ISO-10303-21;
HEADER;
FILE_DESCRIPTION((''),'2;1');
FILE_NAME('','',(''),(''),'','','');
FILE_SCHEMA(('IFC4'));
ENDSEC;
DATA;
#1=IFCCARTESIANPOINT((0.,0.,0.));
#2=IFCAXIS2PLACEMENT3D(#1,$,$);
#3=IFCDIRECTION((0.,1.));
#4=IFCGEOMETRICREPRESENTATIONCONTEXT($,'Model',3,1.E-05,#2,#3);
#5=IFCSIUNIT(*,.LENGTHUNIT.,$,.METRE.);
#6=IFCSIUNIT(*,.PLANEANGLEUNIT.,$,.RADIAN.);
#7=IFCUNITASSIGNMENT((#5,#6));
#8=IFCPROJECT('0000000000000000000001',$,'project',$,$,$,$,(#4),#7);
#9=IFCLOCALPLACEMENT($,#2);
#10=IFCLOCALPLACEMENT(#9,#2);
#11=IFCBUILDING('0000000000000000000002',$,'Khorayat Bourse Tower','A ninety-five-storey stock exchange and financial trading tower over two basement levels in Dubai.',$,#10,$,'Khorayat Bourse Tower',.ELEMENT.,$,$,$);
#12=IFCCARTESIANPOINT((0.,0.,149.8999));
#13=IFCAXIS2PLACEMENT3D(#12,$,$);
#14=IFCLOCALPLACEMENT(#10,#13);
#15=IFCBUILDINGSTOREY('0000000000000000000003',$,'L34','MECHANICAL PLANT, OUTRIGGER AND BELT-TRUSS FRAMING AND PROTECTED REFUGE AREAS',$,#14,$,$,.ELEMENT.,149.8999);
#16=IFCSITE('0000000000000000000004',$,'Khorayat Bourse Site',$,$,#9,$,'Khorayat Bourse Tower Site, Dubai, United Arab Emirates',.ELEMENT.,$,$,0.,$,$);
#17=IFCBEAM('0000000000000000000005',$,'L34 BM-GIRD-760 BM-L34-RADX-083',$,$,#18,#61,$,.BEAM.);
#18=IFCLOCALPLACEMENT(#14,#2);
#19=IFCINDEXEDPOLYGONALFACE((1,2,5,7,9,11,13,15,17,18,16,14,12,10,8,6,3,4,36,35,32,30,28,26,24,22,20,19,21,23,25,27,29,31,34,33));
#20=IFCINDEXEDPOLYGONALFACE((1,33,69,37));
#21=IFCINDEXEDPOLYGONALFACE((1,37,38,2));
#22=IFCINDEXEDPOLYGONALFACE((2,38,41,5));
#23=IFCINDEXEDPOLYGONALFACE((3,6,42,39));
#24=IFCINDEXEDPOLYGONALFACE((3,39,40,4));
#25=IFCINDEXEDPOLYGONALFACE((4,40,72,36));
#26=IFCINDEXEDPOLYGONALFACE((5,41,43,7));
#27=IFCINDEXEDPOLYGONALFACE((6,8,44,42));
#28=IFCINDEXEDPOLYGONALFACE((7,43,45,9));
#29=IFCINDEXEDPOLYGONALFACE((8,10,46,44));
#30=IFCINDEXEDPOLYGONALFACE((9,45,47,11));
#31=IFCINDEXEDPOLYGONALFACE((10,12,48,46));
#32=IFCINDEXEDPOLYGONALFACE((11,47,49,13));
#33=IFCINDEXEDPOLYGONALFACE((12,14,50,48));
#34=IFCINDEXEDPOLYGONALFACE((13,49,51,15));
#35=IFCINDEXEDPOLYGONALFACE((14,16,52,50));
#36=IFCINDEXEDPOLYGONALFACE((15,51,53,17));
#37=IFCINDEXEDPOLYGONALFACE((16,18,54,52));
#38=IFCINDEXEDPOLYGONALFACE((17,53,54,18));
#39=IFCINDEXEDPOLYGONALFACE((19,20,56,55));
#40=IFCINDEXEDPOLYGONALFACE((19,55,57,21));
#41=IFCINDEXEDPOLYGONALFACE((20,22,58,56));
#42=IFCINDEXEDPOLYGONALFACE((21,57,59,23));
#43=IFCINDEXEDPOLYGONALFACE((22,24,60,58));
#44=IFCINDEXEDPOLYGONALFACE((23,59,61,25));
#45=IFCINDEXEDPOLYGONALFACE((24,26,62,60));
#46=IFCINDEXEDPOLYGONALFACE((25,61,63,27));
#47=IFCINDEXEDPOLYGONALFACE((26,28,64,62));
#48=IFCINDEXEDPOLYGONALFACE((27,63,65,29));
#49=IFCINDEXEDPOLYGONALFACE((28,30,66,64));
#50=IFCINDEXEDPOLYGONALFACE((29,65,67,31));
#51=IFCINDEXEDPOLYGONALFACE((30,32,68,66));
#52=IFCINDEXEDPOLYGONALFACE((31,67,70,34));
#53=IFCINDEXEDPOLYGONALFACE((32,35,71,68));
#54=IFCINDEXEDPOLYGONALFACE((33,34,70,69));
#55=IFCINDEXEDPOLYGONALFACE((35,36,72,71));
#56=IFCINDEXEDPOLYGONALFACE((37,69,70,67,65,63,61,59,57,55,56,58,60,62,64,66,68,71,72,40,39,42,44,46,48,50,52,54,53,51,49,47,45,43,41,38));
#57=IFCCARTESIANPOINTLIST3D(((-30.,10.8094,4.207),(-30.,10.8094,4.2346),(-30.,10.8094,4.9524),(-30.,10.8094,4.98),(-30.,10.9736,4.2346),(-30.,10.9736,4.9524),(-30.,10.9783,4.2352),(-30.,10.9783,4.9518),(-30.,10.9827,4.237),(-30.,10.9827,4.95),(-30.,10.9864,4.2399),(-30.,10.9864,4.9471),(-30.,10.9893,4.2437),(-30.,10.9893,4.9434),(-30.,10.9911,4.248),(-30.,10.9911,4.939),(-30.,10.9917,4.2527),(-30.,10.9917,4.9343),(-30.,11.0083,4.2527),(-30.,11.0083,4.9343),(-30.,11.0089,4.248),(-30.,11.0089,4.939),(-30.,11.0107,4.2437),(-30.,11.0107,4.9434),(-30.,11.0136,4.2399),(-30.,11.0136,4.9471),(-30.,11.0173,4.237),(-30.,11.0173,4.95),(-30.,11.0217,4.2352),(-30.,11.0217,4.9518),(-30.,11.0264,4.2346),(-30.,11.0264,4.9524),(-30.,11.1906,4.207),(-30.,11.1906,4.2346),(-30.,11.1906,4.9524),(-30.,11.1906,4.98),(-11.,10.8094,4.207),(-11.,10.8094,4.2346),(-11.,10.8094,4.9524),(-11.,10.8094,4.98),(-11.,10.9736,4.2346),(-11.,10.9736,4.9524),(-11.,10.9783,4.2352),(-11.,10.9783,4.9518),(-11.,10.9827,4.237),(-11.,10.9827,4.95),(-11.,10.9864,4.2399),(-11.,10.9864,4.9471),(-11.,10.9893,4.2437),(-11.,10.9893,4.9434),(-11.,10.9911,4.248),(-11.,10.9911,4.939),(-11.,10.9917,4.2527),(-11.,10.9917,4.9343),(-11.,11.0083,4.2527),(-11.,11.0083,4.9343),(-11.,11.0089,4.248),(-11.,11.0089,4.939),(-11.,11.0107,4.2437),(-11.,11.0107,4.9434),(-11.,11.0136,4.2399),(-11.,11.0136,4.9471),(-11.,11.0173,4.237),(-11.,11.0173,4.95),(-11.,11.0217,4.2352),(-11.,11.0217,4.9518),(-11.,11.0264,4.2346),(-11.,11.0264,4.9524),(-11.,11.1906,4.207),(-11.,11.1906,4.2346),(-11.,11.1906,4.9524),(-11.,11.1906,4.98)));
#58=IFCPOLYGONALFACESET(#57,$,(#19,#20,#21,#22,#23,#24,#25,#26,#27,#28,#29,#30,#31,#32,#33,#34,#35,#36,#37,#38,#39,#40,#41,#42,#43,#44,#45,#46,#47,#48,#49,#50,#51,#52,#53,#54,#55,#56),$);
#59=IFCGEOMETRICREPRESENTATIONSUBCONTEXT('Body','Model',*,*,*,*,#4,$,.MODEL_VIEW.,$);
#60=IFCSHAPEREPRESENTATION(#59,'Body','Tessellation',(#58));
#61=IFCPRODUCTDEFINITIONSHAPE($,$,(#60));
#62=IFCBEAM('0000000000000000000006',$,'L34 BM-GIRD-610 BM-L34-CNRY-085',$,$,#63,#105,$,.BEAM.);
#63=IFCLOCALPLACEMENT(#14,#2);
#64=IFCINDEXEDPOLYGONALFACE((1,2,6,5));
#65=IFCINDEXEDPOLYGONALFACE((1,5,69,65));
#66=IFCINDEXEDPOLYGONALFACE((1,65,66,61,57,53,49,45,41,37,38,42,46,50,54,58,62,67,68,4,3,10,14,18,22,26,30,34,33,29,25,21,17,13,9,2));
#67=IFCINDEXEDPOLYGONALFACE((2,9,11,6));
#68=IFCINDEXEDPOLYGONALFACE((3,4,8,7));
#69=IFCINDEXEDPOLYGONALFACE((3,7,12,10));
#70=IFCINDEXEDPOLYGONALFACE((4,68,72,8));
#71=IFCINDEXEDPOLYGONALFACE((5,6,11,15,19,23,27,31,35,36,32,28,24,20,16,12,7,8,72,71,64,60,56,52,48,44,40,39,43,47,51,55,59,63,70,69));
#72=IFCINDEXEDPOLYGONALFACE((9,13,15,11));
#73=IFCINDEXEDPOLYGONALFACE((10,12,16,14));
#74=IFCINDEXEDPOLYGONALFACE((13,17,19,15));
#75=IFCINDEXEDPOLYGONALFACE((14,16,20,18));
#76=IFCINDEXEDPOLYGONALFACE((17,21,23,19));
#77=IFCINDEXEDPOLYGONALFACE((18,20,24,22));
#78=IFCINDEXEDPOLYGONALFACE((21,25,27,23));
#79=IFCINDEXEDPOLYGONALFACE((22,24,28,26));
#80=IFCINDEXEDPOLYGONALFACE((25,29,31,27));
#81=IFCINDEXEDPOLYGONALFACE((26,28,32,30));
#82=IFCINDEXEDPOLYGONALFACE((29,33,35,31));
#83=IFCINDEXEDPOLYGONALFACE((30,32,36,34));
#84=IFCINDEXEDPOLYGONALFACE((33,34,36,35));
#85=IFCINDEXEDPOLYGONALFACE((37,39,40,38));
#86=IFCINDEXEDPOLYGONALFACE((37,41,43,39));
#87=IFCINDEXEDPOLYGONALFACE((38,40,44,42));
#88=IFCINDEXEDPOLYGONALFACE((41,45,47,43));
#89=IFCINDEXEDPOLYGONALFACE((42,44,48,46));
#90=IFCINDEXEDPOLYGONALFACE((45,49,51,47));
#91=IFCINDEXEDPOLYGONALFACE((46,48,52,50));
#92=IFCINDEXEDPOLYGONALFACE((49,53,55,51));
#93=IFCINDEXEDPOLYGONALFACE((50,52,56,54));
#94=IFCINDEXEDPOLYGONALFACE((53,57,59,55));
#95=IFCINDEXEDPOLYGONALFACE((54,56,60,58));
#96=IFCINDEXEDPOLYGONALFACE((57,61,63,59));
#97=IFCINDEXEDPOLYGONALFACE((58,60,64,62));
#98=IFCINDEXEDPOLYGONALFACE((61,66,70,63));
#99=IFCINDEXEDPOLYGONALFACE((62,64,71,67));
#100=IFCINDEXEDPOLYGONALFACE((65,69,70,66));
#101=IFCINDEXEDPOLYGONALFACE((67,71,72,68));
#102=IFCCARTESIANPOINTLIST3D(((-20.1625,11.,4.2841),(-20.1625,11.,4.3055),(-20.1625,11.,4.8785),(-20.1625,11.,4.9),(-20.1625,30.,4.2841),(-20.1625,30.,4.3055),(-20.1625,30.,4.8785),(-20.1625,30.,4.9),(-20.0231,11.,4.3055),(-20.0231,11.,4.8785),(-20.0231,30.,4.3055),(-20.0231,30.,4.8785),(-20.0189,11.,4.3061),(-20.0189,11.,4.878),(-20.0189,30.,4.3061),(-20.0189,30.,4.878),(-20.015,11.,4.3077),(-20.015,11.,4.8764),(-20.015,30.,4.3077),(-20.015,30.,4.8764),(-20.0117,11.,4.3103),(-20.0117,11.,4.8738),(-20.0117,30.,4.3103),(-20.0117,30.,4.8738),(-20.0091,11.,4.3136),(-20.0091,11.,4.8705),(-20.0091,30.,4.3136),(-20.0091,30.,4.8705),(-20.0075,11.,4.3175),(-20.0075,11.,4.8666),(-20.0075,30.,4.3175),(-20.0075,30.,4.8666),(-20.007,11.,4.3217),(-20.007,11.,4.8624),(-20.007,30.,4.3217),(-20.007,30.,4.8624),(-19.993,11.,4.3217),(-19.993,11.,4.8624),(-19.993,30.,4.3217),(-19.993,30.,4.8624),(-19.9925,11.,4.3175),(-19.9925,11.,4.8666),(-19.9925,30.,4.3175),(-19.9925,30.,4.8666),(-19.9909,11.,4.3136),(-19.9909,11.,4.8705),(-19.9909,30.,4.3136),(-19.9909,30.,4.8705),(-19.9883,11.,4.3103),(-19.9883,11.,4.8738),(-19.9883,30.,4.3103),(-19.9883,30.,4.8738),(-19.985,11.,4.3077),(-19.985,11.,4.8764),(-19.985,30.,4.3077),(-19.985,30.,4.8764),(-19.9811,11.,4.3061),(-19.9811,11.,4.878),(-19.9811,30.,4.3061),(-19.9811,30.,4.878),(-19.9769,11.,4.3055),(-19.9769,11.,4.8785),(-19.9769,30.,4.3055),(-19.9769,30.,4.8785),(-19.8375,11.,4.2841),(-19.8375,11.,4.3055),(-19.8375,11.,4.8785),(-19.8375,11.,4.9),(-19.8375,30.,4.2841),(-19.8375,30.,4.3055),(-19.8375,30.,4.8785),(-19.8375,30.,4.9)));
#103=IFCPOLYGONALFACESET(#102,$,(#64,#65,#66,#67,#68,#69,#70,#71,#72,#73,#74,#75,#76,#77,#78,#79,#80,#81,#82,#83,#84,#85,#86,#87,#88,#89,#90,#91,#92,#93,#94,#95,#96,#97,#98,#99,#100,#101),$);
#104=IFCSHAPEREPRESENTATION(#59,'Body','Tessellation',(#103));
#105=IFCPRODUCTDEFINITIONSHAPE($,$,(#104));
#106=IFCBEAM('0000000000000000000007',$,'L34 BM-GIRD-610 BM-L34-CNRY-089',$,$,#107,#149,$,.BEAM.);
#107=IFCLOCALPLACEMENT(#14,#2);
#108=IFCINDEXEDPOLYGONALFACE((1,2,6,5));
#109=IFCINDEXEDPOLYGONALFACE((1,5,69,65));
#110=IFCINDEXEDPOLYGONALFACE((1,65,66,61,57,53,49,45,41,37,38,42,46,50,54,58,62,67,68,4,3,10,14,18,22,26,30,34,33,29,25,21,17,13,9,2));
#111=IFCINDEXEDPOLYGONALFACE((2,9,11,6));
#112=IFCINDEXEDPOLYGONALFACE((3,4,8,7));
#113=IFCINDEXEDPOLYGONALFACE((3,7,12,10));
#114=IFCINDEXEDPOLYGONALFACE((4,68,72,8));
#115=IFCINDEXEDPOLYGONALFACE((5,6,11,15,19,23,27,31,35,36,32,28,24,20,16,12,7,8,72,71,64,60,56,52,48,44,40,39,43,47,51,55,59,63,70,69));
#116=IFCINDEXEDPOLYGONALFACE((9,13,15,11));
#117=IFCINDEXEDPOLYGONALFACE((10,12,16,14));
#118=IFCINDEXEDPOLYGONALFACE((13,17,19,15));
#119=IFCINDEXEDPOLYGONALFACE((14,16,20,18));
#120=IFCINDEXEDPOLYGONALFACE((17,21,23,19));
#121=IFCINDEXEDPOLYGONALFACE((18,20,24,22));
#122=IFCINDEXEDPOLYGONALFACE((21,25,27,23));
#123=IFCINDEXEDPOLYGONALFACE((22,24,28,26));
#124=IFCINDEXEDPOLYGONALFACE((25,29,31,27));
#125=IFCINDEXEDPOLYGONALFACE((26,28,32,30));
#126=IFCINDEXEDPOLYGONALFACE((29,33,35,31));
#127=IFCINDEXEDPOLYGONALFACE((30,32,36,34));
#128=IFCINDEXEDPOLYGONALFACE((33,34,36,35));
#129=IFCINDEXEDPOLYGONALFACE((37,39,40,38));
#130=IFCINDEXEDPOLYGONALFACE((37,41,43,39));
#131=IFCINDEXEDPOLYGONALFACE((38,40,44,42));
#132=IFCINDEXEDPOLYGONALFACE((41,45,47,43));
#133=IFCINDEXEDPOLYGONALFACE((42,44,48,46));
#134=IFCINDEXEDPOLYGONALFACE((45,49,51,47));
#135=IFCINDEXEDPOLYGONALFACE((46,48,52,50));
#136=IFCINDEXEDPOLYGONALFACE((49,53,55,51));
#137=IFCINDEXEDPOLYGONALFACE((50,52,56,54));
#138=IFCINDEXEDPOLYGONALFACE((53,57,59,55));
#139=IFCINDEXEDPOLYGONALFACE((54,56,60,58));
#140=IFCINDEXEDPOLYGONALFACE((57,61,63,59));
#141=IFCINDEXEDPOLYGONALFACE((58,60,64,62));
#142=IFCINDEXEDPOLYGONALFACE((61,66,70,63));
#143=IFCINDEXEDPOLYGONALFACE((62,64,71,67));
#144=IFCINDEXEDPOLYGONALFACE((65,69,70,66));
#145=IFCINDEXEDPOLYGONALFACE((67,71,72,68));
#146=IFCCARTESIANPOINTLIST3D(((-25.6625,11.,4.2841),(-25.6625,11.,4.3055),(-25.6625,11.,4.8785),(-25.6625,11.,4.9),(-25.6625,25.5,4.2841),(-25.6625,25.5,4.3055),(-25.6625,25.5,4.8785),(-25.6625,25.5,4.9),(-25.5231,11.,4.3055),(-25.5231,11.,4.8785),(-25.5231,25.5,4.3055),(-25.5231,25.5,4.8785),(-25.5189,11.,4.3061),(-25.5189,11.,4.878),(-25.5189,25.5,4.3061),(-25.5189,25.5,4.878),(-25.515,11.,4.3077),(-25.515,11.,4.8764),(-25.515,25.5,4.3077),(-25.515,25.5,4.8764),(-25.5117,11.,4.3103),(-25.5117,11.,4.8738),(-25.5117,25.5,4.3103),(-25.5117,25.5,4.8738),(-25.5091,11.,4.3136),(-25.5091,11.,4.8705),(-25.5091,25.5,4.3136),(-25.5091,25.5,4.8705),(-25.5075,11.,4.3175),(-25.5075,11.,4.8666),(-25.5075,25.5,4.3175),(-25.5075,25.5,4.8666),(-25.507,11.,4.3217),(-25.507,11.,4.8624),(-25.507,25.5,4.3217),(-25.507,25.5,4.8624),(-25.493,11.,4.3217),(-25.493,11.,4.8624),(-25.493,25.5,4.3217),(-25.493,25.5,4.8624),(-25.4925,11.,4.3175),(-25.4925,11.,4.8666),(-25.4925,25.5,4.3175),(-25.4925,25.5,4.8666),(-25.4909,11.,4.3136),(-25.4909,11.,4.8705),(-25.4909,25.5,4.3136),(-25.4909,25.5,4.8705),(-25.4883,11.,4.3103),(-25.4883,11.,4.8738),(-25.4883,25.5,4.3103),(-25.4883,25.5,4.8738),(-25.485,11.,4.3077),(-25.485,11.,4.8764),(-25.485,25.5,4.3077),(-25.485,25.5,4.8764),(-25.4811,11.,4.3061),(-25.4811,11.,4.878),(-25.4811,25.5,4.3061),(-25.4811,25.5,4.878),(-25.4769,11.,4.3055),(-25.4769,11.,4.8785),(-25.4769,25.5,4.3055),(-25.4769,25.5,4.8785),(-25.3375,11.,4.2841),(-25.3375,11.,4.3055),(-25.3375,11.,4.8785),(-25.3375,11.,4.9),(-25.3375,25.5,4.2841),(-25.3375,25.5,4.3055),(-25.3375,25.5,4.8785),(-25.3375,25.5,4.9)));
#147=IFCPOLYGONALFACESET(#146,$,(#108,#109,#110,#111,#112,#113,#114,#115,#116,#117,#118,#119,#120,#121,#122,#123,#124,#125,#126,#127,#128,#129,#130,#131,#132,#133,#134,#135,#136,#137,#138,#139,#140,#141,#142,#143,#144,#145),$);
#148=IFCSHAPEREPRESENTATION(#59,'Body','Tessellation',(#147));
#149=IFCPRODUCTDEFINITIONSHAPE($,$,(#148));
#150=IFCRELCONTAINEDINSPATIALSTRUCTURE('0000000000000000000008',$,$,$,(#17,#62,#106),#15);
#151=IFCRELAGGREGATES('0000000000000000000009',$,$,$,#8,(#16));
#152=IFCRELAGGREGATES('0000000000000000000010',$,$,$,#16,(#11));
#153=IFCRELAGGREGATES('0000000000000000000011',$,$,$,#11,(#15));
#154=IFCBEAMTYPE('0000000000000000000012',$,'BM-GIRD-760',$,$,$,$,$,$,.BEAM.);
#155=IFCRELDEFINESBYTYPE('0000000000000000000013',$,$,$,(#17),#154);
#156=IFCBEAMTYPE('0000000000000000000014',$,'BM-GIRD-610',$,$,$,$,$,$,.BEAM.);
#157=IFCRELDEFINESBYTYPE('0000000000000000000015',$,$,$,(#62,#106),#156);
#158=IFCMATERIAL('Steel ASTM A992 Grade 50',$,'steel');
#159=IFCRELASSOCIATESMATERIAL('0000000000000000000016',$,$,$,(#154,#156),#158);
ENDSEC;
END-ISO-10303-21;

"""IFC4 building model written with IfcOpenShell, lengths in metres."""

from ifc_helpers import new_model, si_unit, direction, frame, origin, origin_2d, place, context, subcontext, project, spatial, i_section, extrude, source, transform, mapped, material, material_profile, profile_set, type_object, element, save


model = new_model("IFC4")

# Units and contexts
model_context = context("Model", 3, precision=1e-05, world=origin(), true_north=direction((0.0, 1.0)))
body_context = subcontext(model_context, "Body", "Model", "MODEL_VIEW")
ifc_project = project(units=[si_unit("LENGTHUNIT", "METRE"), si_unit("PLANEANGLEUNIT", "RADIAN")], contexts=[model_context])

# Site, building, storey
site_placement = place(None, origin())
site = spatial("IfcSite", under=ifc_project, at=site_placement, Name="Khorayat Bourse Site", LongName="Khorayat Bourse Tower Site, Dubai, United Arab Emirates", CompositionType="ELEMENT", RefElevation=0.0)
building_placement = place(site_placement, origin())
building = spatial("IfcBuilding", under=site, at=building_placement, Name="Khorayat Bourse Tower", Description="A ninety-five-storey stock exchange and financial trading tower over two basement levels in Dubai.", LongName="Khorayat Bourse Tower", CompositionType="ELEMENT")
storey_placement = place(building_placement, frame((0.0, 0.0, 149.8999)))
storey = spatial("IfcBuildingStorey", under=building, at=storey_placement, Name="L34", Description="MECHANICAL PLANT, OUTRIGGER AND BELT-TRUSS FRAMING AND PROTECTED REFUGE AREAS", CompositionType="ELEMENT", Elevation=149.8999)

# Beams
ifc_material_1 = material(Name="Steel ASTM A992 Grade 50", Category="steel")
ifc_material_profile_1 = material_profile(ifc_material_1, i_section(OverallWidth=0.3811, OverallDepth=0.7729, WebThickness=0.0166, FlangeThickness=0.0276, FilletRadius=0.0181, at=origin_2d()), Name="W760X257")
ifc_profile_set_1 = profile_set([ifc_material_profile_1], Name="Steel ASTM A992 Grade 50")
beam_type_1 = type_object("IfcBeamType", Name="BM-GIRD-760", PredefinedType="BEAM", material=ifc_profile_set_1)
shared_shape_1 = source(origin(), body_context, "Body", "SweptSolid", [
    extrude(i_section(OverallWidth=0.3811, OverallDepth=0.7729, WebThickness=0.0166, FlangeThickness=0.0276, FilletRadius=0.0181, at=origin_2d()), origin(), (0.0, 0.0, 1.0), 19.0),
])
for number, where, z_axis, x_axis, name in (
    (1, (-30.0, 11.0, 4.5935), (1.0, 0.0, 0.0), (0.0, 1.0, 0.0), "L34 BM-GIRD-760 BM-L34-RADX-083"),
):
    element("IfcBeam", number, at=place(storey_placement, frame(where, z_axis=z_axis, x_axis=x_axis)), inside=storey, type_object=beam_type_1, Name=name, PredefinedType="BEAM", context=body_context, shape_type="MappedRepresentation", body=[
        mapped(shared_shape_1, transform((0.0, 0.0, 0.0), scale=1.0)),
    ])
ifc_material_profile_2 = material_profile(ifc_material_1, i_section(OverallWidth=0.325, OverallDepth=0.616, WebThickness=0.0139, FlangeThickness=0.0215, FilletRadius=0.0161, at=origin_2d()), Name="W610X174")
ifc_profile_set_2 = profile_set([ifc_material_profile_2], Name="Steel ASTM A992 Grade 50")
beam_type_2 = type_object("IfcBeamType", Name="BM-GIRD-610", PredefinedType="BEAM", material=ifc_profile_set_2)
shared_shape_2 = source(origin(), body_context, "Body", "SweptSolid", [
    extrude(i_section(OverallWidth=0.325, OverallDepth=0.616, WebThickness=0.0139, FlangeThickness=0.0215, FilletRadius=0.0161, at=origin_2d()), origin(), (0.0, 0.0, 1.0), 19.0),
])
beam_1_placement = place(storey_placement, frame((-20.0, 11.0, 4.592), z_axis=(0.0, 1.0, 0.0), x_axis=(-1.0, 0.0, 0.0)))
element("IfcBeam", 2, at=beam_1_placement, inside=storey, type_object=beam_type_2, Name="L34 BM-GIRD-610 BM-L34-CNRY-085", PredefinedType="BEAM", context=body_context, shape_type="MappedRepresentation", body=[
    mapped(shared_shape_2, transform((0.0, 0.0, 0.0), scale=1.0)),
])
shared_shape_3 = source(origin(), body_context, "Body", "SweptSolid", [
    extrude(i_section(OverallWidth=0.325, OverallDepth=0.616, WebThickness=0.0139, FlangeThickness=0.0215, FilletRadius=0.0161, at=origin_2d()), origin(), (0.0, 0.0, 1.0), 14.5),
])
beam_2_placement = place(storey_placement, frame((-25.5, 11.0, 4.592), z_axis=(0.0, 1.0, 0.0), x_axis=(-1.0, 0.0, 0.0)))
element("IfcBeam", 3, at=beam_2_placement, inside=storey, type_object=beam_type_2, Name="L34 BM-GIRD-610 BM-L34-CNRY-089", PredefinedType="BEAM", context=body_context, shape_type="MappedRepresentation", body=[
    mapped(shared_shape_3, transform((0.0, 0.0, 0.0), scale=1.0)),
])

save(model, "model.ifc")
